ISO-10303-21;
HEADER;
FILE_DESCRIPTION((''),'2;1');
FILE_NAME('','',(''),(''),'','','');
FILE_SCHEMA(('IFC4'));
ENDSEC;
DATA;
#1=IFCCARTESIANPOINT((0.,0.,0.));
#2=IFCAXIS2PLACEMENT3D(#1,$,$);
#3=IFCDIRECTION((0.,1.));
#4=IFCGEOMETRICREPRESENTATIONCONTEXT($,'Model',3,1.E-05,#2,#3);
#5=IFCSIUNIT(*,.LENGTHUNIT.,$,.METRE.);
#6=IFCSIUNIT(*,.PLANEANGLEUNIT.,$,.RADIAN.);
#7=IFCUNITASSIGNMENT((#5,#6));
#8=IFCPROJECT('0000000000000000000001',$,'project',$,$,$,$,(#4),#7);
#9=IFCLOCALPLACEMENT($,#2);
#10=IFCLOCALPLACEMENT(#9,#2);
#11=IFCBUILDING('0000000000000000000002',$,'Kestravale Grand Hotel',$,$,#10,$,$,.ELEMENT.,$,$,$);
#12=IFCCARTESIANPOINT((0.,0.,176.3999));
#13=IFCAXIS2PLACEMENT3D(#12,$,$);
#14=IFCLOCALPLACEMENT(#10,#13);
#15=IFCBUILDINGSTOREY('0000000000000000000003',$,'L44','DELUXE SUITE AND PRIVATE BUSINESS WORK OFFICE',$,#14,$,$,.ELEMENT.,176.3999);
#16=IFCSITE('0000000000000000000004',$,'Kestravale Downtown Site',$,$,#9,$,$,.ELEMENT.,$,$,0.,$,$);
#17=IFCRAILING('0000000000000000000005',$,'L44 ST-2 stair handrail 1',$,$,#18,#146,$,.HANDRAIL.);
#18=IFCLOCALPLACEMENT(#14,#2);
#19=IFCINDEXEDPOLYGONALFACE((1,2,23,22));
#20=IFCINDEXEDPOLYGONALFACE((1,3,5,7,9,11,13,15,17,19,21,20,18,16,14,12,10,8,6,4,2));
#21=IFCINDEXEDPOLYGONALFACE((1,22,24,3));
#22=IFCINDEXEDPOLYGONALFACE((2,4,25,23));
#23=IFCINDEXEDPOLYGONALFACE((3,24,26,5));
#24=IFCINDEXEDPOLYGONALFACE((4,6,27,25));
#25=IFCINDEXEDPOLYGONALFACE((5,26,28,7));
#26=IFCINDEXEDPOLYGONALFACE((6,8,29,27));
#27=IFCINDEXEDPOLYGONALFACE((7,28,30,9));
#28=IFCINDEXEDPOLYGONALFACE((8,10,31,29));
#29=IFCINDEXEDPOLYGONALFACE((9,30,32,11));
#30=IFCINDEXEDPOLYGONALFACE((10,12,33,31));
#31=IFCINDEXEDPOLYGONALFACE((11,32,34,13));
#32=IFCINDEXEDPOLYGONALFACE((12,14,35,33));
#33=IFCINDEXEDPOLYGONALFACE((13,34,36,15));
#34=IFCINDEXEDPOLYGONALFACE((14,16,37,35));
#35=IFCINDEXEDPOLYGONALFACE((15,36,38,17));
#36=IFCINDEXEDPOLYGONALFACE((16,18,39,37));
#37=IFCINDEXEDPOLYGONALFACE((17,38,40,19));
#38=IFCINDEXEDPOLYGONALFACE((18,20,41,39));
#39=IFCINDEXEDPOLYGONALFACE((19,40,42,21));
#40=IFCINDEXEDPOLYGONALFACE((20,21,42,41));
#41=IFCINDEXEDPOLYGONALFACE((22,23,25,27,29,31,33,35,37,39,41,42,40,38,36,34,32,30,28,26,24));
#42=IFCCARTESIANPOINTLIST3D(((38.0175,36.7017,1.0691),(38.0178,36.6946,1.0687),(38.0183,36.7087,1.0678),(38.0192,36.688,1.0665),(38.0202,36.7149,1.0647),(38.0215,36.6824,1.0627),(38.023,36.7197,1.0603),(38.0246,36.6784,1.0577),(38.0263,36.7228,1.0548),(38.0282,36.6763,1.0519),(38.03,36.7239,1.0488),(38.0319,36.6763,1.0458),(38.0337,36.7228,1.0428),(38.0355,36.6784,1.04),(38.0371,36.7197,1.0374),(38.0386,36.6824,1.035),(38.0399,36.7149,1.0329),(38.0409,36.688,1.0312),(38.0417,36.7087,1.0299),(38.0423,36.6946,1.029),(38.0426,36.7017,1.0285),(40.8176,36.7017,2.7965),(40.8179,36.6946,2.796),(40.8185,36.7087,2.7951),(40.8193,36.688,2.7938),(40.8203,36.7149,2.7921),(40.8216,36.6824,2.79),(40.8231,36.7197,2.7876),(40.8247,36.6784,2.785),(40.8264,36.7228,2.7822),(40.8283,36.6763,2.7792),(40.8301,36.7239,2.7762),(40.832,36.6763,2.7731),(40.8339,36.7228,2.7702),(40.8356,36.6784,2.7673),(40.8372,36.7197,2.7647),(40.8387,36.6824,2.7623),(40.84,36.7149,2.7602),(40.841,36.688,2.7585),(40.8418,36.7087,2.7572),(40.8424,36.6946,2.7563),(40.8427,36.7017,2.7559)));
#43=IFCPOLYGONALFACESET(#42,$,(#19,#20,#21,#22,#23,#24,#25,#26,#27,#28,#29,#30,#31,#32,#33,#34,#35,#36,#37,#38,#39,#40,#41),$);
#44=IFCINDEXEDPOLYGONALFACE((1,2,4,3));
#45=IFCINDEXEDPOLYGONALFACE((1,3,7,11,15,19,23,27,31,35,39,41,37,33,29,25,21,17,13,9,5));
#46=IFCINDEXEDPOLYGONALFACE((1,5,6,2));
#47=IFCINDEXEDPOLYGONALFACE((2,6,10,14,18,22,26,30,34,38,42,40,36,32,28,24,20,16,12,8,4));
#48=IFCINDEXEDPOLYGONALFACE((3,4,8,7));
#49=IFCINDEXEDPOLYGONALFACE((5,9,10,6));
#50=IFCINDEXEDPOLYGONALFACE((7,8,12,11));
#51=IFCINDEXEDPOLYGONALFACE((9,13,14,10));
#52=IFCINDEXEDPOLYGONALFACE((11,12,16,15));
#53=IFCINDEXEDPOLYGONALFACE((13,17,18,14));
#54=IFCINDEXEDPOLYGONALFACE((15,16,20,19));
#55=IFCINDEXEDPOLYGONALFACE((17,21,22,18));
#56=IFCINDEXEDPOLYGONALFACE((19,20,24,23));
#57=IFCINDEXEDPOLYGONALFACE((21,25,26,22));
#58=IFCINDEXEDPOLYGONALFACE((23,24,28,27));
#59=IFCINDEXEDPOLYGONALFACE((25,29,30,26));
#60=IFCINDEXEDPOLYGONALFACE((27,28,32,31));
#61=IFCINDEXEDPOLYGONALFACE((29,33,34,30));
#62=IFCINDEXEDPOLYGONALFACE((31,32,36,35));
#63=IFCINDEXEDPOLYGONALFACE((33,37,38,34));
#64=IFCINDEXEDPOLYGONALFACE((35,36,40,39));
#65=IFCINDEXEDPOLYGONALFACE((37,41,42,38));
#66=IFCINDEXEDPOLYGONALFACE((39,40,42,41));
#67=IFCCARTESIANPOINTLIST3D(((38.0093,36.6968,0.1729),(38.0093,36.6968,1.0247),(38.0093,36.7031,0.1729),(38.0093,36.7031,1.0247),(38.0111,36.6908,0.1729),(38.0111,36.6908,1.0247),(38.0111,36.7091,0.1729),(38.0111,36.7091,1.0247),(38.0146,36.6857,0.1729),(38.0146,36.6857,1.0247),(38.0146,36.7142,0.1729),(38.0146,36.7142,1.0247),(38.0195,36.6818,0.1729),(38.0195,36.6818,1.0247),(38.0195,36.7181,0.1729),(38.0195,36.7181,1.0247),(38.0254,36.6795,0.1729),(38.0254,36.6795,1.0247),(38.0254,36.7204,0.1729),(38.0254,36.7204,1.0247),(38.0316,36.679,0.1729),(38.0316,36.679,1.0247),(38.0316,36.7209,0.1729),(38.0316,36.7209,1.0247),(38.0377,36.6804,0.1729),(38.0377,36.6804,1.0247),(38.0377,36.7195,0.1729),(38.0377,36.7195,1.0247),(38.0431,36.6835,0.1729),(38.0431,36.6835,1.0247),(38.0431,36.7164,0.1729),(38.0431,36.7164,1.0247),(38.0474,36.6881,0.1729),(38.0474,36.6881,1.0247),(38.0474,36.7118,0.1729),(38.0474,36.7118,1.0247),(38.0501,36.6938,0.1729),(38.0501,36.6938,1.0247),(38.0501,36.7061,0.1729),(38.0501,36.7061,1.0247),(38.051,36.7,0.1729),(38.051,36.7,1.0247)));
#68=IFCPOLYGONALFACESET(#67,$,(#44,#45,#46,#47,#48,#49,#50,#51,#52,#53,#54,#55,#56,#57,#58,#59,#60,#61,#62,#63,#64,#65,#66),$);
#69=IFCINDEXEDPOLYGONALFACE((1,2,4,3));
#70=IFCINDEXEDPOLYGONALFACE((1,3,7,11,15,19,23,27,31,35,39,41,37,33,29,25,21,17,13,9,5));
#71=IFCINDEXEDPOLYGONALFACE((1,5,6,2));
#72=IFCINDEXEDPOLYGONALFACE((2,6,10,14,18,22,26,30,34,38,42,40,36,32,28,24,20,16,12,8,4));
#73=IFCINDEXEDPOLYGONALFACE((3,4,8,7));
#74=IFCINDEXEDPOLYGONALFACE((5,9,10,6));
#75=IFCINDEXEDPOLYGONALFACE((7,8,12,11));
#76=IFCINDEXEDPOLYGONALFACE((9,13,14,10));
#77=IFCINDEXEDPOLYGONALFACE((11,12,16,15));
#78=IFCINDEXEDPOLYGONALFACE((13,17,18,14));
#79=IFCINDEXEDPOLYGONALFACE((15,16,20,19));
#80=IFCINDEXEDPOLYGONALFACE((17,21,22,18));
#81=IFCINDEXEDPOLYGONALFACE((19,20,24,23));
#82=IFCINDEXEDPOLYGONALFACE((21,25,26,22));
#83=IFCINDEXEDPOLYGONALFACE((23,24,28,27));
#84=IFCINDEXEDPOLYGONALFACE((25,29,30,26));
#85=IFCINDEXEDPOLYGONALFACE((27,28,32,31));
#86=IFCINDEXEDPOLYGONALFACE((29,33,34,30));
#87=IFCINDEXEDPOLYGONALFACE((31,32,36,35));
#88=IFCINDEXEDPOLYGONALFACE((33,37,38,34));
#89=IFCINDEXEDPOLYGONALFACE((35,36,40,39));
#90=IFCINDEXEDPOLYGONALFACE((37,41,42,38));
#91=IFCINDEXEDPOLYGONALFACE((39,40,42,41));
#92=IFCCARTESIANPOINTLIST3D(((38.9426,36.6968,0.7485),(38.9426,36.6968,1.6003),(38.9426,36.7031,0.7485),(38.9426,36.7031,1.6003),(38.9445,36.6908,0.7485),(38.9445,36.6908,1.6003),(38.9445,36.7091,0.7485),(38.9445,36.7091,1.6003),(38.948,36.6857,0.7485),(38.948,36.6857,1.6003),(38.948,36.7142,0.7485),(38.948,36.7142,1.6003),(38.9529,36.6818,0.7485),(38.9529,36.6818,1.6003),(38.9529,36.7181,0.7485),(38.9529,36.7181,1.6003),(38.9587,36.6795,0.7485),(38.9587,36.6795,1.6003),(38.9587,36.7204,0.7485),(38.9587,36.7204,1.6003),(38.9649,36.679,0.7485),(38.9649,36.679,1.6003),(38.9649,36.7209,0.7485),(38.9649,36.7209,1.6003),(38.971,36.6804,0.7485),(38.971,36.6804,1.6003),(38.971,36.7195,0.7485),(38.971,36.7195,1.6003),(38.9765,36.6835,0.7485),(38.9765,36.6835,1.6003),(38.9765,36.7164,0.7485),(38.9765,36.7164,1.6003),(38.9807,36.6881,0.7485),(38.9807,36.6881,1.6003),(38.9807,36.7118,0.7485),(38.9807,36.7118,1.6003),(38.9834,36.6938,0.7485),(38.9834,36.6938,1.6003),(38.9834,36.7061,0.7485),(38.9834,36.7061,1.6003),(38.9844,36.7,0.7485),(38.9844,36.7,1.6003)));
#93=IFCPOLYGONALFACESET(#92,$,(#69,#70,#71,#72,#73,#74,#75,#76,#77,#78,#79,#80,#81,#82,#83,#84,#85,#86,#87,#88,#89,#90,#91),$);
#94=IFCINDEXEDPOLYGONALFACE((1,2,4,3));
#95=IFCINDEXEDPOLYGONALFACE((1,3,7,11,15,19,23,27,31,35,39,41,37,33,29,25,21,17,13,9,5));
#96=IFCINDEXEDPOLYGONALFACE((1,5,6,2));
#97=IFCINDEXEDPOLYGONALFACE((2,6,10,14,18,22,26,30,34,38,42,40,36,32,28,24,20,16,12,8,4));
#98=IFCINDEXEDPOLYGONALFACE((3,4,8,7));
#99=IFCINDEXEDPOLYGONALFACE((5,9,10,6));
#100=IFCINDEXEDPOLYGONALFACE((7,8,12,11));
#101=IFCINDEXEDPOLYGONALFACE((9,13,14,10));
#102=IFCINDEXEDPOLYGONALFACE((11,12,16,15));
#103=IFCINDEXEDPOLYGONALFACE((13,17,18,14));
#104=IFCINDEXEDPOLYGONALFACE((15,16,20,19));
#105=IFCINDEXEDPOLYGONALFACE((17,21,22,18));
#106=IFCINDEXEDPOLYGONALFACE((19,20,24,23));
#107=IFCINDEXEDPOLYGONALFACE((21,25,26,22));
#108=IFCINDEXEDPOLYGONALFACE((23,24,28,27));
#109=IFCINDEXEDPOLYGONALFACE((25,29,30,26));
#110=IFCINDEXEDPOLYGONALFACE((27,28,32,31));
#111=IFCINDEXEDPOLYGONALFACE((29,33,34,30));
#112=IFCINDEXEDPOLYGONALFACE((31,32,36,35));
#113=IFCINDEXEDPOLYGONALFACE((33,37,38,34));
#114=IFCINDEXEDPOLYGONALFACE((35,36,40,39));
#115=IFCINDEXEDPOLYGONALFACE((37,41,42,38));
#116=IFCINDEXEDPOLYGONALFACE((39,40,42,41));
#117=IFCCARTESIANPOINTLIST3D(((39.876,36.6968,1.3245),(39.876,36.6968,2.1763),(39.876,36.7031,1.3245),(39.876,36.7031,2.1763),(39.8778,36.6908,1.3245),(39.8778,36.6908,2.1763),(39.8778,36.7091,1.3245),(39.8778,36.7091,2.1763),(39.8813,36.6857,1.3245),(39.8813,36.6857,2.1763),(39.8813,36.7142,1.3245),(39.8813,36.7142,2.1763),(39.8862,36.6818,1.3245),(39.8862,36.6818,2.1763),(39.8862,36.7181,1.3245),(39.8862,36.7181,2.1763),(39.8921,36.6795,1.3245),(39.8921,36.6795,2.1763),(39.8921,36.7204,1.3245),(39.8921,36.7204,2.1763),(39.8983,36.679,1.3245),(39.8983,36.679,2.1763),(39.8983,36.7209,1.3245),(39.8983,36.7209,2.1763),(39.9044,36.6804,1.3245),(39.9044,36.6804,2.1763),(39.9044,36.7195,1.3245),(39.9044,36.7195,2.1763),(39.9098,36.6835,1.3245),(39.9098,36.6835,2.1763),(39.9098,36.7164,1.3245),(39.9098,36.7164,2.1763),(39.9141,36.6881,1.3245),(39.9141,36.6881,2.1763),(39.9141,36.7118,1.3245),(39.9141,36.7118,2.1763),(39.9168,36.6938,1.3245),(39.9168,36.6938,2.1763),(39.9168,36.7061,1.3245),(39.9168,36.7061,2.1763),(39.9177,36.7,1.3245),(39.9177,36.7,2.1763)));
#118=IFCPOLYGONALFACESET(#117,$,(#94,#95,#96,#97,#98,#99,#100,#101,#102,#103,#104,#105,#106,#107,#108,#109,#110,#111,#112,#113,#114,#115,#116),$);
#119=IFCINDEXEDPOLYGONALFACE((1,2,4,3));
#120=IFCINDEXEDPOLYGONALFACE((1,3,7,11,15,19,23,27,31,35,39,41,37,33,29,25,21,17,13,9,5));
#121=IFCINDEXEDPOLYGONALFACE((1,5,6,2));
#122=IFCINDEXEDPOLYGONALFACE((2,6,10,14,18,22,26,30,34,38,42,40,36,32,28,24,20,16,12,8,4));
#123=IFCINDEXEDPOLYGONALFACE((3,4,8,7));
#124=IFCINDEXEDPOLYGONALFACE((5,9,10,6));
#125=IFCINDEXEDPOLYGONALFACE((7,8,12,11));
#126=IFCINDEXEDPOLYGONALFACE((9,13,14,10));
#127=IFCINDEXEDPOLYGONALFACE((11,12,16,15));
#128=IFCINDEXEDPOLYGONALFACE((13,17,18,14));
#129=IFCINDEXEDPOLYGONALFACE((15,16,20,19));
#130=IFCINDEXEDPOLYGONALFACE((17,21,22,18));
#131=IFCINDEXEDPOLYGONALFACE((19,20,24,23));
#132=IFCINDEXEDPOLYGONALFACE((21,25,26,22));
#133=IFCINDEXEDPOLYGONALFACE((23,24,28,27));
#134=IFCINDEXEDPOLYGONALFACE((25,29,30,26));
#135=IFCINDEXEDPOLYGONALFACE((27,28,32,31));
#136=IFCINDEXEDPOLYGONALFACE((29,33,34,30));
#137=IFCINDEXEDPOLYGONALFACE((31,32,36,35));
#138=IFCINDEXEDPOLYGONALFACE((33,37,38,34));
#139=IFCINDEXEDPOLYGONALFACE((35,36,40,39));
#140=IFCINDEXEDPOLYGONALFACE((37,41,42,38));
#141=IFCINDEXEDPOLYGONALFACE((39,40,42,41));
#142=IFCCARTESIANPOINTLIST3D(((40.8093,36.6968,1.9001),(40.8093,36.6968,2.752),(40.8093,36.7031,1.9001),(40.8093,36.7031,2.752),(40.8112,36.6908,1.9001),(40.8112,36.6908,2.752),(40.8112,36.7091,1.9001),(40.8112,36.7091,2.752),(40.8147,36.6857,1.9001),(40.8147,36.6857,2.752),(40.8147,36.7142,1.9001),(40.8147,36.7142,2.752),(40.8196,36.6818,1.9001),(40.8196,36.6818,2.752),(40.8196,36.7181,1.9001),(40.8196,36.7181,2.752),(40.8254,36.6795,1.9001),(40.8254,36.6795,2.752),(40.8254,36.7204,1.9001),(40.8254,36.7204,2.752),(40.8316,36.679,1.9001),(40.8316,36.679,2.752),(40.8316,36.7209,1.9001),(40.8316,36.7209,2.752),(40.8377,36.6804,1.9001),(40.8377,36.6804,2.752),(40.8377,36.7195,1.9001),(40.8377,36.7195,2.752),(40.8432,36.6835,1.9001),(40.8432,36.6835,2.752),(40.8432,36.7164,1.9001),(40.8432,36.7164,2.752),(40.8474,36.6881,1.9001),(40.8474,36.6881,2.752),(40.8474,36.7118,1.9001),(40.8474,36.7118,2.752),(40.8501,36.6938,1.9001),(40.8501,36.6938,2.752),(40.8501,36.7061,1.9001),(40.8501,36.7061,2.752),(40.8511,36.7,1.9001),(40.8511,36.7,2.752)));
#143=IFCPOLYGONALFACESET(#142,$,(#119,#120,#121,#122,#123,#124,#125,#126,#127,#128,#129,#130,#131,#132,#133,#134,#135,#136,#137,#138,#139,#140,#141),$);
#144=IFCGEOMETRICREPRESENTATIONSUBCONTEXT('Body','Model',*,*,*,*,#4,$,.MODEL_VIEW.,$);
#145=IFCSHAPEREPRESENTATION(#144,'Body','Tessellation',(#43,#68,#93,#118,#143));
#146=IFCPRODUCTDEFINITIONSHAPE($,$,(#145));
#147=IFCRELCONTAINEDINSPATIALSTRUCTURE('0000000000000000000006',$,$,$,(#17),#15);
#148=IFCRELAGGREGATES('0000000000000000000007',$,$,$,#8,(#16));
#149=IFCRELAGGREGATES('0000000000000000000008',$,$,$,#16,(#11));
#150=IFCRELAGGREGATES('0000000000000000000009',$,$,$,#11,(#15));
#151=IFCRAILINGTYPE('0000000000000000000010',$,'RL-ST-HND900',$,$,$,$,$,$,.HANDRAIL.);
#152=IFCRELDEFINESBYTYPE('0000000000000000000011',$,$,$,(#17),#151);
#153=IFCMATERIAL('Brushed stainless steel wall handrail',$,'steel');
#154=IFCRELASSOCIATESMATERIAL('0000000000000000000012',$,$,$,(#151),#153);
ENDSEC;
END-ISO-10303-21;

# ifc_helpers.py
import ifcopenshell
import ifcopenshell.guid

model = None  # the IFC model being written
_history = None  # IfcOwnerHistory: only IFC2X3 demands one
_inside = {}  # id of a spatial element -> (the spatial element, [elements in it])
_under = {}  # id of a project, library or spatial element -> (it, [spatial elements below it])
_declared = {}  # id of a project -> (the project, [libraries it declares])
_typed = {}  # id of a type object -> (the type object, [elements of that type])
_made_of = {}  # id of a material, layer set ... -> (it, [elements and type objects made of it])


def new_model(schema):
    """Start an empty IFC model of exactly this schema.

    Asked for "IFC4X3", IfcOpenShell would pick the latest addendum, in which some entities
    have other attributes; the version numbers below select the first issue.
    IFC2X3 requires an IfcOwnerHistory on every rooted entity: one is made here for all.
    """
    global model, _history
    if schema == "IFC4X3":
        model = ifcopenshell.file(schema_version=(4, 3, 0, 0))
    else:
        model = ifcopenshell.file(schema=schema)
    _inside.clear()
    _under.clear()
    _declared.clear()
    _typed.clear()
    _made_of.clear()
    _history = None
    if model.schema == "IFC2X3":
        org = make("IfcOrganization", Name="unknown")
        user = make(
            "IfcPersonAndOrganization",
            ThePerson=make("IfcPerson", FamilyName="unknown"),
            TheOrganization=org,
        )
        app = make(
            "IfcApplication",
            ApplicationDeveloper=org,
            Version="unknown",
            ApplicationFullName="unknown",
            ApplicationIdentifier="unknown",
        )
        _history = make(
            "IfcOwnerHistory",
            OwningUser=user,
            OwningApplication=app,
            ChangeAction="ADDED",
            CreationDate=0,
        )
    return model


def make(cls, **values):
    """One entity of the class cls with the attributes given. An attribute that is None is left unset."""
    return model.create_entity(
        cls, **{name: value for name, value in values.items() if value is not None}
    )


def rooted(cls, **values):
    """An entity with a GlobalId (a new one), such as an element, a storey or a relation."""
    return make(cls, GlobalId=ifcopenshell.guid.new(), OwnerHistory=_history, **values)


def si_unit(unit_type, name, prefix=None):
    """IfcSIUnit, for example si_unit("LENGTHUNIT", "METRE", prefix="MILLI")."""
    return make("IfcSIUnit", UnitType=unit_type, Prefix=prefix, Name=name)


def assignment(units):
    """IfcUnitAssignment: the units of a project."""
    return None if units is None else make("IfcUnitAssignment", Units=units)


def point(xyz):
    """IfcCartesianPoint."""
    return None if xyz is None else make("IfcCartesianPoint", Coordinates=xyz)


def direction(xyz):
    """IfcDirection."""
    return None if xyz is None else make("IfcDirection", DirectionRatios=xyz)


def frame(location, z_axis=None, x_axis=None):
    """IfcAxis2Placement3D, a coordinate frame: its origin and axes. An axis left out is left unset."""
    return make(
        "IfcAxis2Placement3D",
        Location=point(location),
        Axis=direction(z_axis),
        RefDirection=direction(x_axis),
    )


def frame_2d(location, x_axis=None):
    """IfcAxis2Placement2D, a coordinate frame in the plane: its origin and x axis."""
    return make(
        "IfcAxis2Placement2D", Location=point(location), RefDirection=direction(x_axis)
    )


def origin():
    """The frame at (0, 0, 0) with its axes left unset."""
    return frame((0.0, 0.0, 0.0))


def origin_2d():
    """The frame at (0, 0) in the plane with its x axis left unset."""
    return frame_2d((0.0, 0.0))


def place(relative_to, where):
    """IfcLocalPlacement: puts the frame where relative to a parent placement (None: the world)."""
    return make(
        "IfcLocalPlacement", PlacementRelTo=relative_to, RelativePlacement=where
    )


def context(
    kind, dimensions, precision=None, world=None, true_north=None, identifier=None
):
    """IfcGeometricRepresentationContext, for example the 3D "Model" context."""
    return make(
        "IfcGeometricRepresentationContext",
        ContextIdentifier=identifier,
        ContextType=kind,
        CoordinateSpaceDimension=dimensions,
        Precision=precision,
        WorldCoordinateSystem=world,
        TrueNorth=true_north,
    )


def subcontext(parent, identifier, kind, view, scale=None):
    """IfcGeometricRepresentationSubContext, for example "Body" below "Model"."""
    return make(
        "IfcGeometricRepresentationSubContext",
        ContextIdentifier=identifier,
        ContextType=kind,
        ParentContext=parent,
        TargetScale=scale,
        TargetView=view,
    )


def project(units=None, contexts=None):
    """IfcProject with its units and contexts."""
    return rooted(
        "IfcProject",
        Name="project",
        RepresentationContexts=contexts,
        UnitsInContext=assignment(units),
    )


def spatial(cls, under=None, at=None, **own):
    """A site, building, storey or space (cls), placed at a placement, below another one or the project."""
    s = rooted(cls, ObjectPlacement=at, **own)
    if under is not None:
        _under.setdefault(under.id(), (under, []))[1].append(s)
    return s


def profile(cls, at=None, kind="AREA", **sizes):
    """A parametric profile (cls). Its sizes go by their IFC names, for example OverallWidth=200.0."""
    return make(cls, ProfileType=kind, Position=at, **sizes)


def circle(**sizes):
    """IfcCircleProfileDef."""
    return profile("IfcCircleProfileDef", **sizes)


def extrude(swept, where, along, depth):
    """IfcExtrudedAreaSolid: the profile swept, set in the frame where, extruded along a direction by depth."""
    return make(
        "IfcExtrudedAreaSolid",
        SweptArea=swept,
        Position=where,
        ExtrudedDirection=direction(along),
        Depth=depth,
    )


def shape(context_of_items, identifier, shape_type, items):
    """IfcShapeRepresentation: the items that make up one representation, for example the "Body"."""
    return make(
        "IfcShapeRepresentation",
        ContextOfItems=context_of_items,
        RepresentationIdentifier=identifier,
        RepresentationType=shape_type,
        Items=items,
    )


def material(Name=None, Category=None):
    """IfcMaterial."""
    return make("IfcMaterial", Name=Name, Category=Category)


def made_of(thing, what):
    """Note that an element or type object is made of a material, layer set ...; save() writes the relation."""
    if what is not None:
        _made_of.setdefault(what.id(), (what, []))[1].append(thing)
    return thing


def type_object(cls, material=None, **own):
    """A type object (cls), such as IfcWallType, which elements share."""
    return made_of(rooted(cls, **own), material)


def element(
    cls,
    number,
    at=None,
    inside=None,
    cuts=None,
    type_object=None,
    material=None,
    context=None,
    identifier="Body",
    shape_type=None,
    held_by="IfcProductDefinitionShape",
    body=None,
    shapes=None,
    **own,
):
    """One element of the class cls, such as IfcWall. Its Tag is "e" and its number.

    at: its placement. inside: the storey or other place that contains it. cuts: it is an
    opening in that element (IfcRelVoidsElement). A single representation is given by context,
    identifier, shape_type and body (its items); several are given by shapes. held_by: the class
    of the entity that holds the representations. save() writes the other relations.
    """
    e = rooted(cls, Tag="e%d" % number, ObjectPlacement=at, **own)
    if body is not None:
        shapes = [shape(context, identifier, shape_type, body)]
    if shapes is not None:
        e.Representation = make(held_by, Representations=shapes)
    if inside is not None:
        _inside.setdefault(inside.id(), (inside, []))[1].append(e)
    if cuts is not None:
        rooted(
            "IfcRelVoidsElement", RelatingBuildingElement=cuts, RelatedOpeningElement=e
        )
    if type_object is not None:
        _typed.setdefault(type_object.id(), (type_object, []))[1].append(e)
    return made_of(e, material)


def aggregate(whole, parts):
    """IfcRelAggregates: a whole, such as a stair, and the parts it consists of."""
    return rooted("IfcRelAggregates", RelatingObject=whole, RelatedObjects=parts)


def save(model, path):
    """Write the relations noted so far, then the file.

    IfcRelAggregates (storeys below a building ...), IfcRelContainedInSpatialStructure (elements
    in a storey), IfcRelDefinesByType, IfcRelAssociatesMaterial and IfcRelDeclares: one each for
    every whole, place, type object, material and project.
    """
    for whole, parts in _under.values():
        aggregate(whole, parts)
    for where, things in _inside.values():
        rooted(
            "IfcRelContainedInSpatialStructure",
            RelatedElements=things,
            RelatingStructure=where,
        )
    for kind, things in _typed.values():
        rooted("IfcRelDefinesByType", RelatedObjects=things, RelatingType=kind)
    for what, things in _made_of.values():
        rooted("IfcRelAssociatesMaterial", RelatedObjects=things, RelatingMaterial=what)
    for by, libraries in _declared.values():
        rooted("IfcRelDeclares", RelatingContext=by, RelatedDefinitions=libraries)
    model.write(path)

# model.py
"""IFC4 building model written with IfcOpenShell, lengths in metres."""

from ifc_helpers import new_model, si_unit, direction, frame, origin, origin_2d, place, context, subcontext, project, spatial, circle, extrude, material, type_object, element, save


model = new_model("IFC4")

# Units and contexts
model_context = context("Model", 3, precision=1e-05, world=origin(), true_north=direction((0.0, 1.0)))
body_context = subcontext(model_context, "Body", "Model", "MODEL_VIEW")
ifc_project = project(units=[si_unit("LENGTHUNIT", "METRE"), si_unit("PLANEANGLEUNIT", "RADIAN")], contexts=[model_context])

# Site, building, storey
site_placement = place(None, origin())
site = spatial("IfcSite", under=ifc_project, at=site_placement, Name="Kestravale Downtown Site", CompositionType="ELEMENT", RefElevation=0.0)
building_placement = place(site_placement, origin())
building = spatial("IfcBuilding", under=site, at=building_placement, Name="Kestravale Grand Hotel", CompositionType="ELEMENT")
storey_placement = place(building_placement, frame((0.0, 0.0, 176.3999)))
storey = spatial("IfcBuildingStorey", under=building, at=storey_placement, Name="L44", Description="DELUXE SUITE AND PRIVATE BUSINESS WORK OFFICE", CompositionType="ELEMENT", Elevation=176.3999)

# Railing
ifc_material_1 = material(Name="Brushed stainless steel wall handrail", Category="steel")
railing_type_1 = type_object("IfcRailingType", Name="RL-ST-HND900", PredefinedType="HANDRAIL", material=ifc_material_1)
railing_1_placement = place(storey_placement, frame((38.03, 36.7, 0.1729)))
element("IfcRailing", 1, at=railing_1_placement, inside=storey, type_object=railing_type_1, Name="L44 ST-2 stair handrail 1", PredefinedType="HANDRAIL", context=body_context, shape_type="SweptSolid", body=[
    extrude(circle(Radius=0.0239, at=origin_2d()), frame((0.0, 0.0, 0.876), z_axis=(0.85109, 0.0, 0.52502), x_axis=(0.0, 1.0, 0.0)), (0.0, 0.0, 1.0), 3.29),
    extrude(circle(Radius=0.021, at=origin_2d()), origin(), (0.0, 0.0, 1.0), 0.8518),
    extrude(circle(Radius=0.021, at=origin_2d()), frame((0.9333, 0.0, 0.5757)), (0.0, 0.0, 1.0), 0.8518),
    extrude(circle(Radius=0.021, at=origin_2d()), frame((1.8667, 0.0, 1.1516)), (0.0, 0.0, 1.0), 0.8518),
    extrude(circle(Radius=0.021, at=origin_2d()), frame((2.8, 0.0, 1.7273)), (0.0, 0.0, 1.0), 0.8518),
])

save(model, "model.ifc")
